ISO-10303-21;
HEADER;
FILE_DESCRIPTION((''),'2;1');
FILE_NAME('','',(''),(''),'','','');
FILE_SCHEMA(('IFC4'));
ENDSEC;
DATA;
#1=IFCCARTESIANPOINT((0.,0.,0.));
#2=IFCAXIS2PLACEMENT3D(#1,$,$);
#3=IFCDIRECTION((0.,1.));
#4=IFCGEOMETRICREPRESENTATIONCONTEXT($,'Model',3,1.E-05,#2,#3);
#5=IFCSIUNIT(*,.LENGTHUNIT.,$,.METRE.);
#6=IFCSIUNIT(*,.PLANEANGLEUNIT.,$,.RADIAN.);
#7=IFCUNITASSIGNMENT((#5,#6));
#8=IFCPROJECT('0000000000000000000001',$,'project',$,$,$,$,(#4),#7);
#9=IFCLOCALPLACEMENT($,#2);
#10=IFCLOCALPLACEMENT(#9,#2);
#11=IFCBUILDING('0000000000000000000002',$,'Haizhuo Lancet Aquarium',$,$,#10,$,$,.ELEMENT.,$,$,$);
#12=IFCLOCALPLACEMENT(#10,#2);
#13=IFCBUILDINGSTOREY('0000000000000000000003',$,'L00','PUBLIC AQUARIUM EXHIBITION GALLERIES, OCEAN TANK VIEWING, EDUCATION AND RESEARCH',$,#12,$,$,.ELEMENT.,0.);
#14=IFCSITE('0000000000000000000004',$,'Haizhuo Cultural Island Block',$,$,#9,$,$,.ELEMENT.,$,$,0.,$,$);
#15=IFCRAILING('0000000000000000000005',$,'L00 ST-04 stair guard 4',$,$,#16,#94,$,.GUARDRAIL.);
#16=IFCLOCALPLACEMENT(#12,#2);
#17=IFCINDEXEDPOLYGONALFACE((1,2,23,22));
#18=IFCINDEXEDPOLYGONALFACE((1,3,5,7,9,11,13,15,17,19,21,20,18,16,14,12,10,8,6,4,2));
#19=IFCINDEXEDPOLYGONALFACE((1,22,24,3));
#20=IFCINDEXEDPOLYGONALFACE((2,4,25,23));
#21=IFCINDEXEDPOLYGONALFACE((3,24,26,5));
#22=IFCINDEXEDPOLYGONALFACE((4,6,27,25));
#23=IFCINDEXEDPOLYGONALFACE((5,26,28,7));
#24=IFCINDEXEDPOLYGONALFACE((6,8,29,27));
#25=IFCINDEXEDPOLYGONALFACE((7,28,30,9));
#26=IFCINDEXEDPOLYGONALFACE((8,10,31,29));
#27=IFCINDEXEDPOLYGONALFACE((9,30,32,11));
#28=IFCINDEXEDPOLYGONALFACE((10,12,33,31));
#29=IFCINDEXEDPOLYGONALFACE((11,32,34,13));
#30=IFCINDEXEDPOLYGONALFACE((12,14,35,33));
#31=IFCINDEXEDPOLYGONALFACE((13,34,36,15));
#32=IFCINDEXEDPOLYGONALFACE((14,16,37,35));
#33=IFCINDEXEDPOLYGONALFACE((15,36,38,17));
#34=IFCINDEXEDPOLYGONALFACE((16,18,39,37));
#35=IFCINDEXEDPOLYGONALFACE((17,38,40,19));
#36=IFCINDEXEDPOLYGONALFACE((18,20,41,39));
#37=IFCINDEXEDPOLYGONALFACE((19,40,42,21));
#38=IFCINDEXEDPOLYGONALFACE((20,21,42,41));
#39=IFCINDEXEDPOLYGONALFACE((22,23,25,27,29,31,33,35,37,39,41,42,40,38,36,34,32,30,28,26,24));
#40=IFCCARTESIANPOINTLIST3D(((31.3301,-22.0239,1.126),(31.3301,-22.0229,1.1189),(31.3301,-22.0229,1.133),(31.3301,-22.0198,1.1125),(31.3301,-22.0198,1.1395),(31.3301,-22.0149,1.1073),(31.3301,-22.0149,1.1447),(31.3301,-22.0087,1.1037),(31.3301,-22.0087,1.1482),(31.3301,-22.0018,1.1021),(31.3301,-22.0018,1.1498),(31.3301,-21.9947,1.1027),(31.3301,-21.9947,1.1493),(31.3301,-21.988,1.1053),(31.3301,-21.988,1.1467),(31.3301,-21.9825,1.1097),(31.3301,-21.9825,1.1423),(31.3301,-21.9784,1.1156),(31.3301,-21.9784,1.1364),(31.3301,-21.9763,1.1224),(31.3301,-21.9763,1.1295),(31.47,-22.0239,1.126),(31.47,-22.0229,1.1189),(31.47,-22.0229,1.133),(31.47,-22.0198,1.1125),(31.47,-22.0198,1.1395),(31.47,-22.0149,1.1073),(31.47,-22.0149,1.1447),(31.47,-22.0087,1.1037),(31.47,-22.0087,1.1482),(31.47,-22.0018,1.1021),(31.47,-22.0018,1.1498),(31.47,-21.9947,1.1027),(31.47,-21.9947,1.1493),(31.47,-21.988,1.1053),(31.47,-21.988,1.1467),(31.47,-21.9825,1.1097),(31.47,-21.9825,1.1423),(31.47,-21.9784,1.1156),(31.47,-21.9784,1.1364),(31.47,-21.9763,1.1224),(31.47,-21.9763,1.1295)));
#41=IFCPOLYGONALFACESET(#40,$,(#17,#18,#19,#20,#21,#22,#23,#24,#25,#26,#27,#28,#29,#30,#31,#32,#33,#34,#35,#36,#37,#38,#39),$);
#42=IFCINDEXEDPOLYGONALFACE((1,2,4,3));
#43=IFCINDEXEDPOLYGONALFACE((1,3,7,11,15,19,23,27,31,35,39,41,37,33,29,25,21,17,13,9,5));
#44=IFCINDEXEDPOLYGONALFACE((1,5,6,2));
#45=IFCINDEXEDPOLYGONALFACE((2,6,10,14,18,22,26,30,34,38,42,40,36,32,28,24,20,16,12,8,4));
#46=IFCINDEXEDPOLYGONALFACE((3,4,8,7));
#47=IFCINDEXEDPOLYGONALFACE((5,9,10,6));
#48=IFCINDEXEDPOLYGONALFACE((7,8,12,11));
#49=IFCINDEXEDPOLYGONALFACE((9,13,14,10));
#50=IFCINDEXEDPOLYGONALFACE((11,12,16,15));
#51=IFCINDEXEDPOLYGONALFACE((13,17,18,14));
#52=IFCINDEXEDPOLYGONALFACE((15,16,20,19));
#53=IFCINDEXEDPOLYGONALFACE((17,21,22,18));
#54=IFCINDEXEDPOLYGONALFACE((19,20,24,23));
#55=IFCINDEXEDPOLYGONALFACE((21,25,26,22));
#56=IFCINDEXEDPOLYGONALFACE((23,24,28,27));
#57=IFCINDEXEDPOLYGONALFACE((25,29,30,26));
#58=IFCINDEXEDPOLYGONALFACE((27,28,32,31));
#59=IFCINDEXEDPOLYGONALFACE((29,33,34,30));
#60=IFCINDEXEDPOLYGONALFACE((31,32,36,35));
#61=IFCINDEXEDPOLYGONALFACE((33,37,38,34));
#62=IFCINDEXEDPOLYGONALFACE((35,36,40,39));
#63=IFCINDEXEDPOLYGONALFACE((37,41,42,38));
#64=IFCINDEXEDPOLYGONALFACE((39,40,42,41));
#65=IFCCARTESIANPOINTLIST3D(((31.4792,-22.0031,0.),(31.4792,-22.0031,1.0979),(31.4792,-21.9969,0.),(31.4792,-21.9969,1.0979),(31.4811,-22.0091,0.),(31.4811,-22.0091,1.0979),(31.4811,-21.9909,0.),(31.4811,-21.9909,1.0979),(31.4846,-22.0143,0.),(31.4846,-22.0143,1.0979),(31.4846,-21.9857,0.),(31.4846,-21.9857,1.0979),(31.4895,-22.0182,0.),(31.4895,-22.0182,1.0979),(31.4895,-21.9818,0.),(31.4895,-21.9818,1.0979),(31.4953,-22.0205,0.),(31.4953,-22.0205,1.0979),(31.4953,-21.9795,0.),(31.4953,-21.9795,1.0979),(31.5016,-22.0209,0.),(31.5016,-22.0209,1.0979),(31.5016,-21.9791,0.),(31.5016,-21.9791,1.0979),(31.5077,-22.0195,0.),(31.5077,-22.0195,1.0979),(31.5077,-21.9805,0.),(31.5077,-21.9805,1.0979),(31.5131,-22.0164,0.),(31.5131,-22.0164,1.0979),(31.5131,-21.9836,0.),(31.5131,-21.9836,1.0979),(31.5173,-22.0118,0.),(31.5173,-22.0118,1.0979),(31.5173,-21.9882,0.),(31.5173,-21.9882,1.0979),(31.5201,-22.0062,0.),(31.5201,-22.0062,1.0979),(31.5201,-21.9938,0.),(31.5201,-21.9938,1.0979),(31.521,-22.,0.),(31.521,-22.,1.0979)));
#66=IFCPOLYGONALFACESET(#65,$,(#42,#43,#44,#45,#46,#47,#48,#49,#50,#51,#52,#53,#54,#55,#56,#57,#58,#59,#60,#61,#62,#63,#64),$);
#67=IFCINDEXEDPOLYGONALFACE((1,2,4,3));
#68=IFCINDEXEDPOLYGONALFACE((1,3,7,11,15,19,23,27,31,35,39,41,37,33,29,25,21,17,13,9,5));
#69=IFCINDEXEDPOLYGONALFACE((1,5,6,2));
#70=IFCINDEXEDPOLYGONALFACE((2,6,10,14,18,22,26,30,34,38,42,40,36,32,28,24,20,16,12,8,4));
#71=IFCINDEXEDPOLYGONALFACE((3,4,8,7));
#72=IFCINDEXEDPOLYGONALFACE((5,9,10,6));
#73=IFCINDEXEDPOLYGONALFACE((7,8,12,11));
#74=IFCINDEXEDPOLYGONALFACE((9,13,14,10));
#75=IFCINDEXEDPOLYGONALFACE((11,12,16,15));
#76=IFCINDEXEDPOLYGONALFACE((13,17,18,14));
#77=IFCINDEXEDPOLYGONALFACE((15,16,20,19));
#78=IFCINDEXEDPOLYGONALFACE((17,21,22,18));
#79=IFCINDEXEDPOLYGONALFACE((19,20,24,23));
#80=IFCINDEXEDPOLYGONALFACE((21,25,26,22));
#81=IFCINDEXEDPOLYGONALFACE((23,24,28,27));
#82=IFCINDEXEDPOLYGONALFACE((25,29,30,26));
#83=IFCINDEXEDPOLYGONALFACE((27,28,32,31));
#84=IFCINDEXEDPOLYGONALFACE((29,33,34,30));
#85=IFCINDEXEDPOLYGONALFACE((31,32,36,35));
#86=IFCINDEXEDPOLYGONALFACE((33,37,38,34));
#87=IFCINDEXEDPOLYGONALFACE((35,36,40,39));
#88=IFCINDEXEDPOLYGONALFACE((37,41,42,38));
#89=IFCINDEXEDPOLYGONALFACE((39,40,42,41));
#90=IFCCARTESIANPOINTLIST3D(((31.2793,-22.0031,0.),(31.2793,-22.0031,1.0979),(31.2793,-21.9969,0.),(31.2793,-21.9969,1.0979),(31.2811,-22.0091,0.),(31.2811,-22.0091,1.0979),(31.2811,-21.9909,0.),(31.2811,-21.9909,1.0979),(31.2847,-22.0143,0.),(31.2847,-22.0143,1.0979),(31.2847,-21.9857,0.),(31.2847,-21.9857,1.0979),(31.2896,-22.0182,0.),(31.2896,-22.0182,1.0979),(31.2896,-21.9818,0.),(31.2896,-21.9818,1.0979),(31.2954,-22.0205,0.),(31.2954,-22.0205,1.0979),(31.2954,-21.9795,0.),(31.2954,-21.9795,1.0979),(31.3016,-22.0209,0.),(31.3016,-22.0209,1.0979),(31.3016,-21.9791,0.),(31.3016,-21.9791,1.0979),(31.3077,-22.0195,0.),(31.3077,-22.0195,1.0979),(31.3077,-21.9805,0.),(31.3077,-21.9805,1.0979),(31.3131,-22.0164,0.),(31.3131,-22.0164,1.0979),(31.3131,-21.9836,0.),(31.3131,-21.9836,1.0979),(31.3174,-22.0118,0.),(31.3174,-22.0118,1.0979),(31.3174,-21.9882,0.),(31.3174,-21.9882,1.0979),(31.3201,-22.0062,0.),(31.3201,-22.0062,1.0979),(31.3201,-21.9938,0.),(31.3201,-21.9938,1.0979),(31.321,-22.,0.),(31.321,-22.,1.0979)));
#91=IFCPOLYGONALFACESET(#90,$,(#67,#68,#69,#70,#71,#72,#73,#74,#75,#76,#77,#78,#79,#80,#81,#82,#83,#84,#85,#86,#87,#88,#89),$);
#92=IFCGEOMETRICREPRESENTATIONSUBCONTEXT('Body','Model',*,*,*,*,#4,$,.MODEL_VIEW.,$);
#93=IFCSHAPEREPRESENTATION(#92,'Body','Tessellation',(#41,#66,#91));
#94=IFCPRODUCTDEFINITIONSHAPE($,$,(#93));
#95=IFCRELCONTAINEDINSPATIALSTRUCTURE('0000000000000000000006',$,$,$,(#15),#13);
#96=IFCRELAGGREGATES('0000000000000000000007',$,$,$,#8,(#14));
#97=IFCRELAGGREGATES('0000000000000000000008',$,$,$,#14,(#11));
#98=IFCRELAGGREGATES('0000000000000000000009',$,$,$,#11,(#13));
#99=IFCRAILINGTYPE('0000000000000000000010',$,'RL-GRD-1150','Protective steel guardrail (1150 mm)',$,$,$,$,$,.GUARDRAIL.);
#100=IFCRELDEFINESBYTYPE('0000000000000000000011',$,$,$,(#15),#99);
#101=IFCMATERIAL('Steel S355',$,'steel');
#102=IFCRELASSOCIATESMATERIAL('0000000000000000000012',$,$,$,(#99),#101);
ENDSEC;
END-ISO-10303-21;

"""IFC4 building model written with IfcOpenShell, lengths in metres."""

from ifc_helpers import new_model, si_unit, direction, frame, origin, origin_2d, place, context, subcontext, project, spatial, circle, extrude, material, type_object, element, save


model = new_model("IFC4")

# Units and contexts
model_context = context("Model", 3, precision=1e-05, world=origin(), true_north=direction((0.0, 1.0)))
body_context = subcontext(model_context, "Body", "Model", "MODEL_VIEW")
ifc_project = project(units=[si_unit("LENGTHUNIT", "METRE"), si_unit("PLANEANGLEUNIT", "RADIAN")], contexts=[model_context])

# Site, building, storey
site_placement = place(None, origin())
site = spatial("IfcSite", under=ifc_project, at=site_placement, Name="Haizhuo Cultural Island Block", CompositionType="ELEMENT", RefElevation=0.0)
building_placement = place(site_placement, origin())
building = spatial("IfcBuilding", under=site, at=building_placement, Name="Haizhuo Lancet Aquarium", CompositionType="ELEMENT")
storey_placement = place(building_placement, origin())
storey = spatial("IfcBuildingStorey", under=building, at=storey_placement, Name="L00", Description="PUBLIC AQUARIUM EXHIBITION GALLERIES, OCEAN TANK VIEWING, EDUCATION AND RESEARCH", CompositionType="ELEMENT", Elevation=0.0)

# Shared definitions
ifc_material_1 = material(Name="Steel S355", Category="steel")

# Railing
railing_type_1 = type_object("IfcRailingType", Name="RL-GRD-1150", Description="Protective steel guardrail (1150 mm)", PredefinedType="GUARDRAIL", material=ifc_material_1)
railing_1_placement = place(storey_placement, frame((31.5, -22.0, 0.0)))
element("IfcRailing", 1, at=railing_1_placement, inside=storey, type_object=railing_type_1, Name="L00 ST-04 stair guard 4", PredefinedType="GUARDRAIL", context=body_context, shape_type="SweptSolid", body=[
    extrude(circle(Radius=0.0239, at=origin_2d()), frame((-0.03, 0.0, 1.126), z_axis=(-1.0, 0.0, 0.0), x_axis=(0.0, -1.0, 0.0)), (0.0, 0.0, 1.0), 0.1399),
    extrude(circle(Radius=0.021, at=origin_2d()), origin(), (0.0, 0.0, 1.0), 1.0979),
    extrude(circle(Radius=0.021, at=origin_2d()), frame((-0.2, 0.0, 0.0)), (0.0, 0.0, 1.0), 1.0979),
])

save(model, "model.ifc")
